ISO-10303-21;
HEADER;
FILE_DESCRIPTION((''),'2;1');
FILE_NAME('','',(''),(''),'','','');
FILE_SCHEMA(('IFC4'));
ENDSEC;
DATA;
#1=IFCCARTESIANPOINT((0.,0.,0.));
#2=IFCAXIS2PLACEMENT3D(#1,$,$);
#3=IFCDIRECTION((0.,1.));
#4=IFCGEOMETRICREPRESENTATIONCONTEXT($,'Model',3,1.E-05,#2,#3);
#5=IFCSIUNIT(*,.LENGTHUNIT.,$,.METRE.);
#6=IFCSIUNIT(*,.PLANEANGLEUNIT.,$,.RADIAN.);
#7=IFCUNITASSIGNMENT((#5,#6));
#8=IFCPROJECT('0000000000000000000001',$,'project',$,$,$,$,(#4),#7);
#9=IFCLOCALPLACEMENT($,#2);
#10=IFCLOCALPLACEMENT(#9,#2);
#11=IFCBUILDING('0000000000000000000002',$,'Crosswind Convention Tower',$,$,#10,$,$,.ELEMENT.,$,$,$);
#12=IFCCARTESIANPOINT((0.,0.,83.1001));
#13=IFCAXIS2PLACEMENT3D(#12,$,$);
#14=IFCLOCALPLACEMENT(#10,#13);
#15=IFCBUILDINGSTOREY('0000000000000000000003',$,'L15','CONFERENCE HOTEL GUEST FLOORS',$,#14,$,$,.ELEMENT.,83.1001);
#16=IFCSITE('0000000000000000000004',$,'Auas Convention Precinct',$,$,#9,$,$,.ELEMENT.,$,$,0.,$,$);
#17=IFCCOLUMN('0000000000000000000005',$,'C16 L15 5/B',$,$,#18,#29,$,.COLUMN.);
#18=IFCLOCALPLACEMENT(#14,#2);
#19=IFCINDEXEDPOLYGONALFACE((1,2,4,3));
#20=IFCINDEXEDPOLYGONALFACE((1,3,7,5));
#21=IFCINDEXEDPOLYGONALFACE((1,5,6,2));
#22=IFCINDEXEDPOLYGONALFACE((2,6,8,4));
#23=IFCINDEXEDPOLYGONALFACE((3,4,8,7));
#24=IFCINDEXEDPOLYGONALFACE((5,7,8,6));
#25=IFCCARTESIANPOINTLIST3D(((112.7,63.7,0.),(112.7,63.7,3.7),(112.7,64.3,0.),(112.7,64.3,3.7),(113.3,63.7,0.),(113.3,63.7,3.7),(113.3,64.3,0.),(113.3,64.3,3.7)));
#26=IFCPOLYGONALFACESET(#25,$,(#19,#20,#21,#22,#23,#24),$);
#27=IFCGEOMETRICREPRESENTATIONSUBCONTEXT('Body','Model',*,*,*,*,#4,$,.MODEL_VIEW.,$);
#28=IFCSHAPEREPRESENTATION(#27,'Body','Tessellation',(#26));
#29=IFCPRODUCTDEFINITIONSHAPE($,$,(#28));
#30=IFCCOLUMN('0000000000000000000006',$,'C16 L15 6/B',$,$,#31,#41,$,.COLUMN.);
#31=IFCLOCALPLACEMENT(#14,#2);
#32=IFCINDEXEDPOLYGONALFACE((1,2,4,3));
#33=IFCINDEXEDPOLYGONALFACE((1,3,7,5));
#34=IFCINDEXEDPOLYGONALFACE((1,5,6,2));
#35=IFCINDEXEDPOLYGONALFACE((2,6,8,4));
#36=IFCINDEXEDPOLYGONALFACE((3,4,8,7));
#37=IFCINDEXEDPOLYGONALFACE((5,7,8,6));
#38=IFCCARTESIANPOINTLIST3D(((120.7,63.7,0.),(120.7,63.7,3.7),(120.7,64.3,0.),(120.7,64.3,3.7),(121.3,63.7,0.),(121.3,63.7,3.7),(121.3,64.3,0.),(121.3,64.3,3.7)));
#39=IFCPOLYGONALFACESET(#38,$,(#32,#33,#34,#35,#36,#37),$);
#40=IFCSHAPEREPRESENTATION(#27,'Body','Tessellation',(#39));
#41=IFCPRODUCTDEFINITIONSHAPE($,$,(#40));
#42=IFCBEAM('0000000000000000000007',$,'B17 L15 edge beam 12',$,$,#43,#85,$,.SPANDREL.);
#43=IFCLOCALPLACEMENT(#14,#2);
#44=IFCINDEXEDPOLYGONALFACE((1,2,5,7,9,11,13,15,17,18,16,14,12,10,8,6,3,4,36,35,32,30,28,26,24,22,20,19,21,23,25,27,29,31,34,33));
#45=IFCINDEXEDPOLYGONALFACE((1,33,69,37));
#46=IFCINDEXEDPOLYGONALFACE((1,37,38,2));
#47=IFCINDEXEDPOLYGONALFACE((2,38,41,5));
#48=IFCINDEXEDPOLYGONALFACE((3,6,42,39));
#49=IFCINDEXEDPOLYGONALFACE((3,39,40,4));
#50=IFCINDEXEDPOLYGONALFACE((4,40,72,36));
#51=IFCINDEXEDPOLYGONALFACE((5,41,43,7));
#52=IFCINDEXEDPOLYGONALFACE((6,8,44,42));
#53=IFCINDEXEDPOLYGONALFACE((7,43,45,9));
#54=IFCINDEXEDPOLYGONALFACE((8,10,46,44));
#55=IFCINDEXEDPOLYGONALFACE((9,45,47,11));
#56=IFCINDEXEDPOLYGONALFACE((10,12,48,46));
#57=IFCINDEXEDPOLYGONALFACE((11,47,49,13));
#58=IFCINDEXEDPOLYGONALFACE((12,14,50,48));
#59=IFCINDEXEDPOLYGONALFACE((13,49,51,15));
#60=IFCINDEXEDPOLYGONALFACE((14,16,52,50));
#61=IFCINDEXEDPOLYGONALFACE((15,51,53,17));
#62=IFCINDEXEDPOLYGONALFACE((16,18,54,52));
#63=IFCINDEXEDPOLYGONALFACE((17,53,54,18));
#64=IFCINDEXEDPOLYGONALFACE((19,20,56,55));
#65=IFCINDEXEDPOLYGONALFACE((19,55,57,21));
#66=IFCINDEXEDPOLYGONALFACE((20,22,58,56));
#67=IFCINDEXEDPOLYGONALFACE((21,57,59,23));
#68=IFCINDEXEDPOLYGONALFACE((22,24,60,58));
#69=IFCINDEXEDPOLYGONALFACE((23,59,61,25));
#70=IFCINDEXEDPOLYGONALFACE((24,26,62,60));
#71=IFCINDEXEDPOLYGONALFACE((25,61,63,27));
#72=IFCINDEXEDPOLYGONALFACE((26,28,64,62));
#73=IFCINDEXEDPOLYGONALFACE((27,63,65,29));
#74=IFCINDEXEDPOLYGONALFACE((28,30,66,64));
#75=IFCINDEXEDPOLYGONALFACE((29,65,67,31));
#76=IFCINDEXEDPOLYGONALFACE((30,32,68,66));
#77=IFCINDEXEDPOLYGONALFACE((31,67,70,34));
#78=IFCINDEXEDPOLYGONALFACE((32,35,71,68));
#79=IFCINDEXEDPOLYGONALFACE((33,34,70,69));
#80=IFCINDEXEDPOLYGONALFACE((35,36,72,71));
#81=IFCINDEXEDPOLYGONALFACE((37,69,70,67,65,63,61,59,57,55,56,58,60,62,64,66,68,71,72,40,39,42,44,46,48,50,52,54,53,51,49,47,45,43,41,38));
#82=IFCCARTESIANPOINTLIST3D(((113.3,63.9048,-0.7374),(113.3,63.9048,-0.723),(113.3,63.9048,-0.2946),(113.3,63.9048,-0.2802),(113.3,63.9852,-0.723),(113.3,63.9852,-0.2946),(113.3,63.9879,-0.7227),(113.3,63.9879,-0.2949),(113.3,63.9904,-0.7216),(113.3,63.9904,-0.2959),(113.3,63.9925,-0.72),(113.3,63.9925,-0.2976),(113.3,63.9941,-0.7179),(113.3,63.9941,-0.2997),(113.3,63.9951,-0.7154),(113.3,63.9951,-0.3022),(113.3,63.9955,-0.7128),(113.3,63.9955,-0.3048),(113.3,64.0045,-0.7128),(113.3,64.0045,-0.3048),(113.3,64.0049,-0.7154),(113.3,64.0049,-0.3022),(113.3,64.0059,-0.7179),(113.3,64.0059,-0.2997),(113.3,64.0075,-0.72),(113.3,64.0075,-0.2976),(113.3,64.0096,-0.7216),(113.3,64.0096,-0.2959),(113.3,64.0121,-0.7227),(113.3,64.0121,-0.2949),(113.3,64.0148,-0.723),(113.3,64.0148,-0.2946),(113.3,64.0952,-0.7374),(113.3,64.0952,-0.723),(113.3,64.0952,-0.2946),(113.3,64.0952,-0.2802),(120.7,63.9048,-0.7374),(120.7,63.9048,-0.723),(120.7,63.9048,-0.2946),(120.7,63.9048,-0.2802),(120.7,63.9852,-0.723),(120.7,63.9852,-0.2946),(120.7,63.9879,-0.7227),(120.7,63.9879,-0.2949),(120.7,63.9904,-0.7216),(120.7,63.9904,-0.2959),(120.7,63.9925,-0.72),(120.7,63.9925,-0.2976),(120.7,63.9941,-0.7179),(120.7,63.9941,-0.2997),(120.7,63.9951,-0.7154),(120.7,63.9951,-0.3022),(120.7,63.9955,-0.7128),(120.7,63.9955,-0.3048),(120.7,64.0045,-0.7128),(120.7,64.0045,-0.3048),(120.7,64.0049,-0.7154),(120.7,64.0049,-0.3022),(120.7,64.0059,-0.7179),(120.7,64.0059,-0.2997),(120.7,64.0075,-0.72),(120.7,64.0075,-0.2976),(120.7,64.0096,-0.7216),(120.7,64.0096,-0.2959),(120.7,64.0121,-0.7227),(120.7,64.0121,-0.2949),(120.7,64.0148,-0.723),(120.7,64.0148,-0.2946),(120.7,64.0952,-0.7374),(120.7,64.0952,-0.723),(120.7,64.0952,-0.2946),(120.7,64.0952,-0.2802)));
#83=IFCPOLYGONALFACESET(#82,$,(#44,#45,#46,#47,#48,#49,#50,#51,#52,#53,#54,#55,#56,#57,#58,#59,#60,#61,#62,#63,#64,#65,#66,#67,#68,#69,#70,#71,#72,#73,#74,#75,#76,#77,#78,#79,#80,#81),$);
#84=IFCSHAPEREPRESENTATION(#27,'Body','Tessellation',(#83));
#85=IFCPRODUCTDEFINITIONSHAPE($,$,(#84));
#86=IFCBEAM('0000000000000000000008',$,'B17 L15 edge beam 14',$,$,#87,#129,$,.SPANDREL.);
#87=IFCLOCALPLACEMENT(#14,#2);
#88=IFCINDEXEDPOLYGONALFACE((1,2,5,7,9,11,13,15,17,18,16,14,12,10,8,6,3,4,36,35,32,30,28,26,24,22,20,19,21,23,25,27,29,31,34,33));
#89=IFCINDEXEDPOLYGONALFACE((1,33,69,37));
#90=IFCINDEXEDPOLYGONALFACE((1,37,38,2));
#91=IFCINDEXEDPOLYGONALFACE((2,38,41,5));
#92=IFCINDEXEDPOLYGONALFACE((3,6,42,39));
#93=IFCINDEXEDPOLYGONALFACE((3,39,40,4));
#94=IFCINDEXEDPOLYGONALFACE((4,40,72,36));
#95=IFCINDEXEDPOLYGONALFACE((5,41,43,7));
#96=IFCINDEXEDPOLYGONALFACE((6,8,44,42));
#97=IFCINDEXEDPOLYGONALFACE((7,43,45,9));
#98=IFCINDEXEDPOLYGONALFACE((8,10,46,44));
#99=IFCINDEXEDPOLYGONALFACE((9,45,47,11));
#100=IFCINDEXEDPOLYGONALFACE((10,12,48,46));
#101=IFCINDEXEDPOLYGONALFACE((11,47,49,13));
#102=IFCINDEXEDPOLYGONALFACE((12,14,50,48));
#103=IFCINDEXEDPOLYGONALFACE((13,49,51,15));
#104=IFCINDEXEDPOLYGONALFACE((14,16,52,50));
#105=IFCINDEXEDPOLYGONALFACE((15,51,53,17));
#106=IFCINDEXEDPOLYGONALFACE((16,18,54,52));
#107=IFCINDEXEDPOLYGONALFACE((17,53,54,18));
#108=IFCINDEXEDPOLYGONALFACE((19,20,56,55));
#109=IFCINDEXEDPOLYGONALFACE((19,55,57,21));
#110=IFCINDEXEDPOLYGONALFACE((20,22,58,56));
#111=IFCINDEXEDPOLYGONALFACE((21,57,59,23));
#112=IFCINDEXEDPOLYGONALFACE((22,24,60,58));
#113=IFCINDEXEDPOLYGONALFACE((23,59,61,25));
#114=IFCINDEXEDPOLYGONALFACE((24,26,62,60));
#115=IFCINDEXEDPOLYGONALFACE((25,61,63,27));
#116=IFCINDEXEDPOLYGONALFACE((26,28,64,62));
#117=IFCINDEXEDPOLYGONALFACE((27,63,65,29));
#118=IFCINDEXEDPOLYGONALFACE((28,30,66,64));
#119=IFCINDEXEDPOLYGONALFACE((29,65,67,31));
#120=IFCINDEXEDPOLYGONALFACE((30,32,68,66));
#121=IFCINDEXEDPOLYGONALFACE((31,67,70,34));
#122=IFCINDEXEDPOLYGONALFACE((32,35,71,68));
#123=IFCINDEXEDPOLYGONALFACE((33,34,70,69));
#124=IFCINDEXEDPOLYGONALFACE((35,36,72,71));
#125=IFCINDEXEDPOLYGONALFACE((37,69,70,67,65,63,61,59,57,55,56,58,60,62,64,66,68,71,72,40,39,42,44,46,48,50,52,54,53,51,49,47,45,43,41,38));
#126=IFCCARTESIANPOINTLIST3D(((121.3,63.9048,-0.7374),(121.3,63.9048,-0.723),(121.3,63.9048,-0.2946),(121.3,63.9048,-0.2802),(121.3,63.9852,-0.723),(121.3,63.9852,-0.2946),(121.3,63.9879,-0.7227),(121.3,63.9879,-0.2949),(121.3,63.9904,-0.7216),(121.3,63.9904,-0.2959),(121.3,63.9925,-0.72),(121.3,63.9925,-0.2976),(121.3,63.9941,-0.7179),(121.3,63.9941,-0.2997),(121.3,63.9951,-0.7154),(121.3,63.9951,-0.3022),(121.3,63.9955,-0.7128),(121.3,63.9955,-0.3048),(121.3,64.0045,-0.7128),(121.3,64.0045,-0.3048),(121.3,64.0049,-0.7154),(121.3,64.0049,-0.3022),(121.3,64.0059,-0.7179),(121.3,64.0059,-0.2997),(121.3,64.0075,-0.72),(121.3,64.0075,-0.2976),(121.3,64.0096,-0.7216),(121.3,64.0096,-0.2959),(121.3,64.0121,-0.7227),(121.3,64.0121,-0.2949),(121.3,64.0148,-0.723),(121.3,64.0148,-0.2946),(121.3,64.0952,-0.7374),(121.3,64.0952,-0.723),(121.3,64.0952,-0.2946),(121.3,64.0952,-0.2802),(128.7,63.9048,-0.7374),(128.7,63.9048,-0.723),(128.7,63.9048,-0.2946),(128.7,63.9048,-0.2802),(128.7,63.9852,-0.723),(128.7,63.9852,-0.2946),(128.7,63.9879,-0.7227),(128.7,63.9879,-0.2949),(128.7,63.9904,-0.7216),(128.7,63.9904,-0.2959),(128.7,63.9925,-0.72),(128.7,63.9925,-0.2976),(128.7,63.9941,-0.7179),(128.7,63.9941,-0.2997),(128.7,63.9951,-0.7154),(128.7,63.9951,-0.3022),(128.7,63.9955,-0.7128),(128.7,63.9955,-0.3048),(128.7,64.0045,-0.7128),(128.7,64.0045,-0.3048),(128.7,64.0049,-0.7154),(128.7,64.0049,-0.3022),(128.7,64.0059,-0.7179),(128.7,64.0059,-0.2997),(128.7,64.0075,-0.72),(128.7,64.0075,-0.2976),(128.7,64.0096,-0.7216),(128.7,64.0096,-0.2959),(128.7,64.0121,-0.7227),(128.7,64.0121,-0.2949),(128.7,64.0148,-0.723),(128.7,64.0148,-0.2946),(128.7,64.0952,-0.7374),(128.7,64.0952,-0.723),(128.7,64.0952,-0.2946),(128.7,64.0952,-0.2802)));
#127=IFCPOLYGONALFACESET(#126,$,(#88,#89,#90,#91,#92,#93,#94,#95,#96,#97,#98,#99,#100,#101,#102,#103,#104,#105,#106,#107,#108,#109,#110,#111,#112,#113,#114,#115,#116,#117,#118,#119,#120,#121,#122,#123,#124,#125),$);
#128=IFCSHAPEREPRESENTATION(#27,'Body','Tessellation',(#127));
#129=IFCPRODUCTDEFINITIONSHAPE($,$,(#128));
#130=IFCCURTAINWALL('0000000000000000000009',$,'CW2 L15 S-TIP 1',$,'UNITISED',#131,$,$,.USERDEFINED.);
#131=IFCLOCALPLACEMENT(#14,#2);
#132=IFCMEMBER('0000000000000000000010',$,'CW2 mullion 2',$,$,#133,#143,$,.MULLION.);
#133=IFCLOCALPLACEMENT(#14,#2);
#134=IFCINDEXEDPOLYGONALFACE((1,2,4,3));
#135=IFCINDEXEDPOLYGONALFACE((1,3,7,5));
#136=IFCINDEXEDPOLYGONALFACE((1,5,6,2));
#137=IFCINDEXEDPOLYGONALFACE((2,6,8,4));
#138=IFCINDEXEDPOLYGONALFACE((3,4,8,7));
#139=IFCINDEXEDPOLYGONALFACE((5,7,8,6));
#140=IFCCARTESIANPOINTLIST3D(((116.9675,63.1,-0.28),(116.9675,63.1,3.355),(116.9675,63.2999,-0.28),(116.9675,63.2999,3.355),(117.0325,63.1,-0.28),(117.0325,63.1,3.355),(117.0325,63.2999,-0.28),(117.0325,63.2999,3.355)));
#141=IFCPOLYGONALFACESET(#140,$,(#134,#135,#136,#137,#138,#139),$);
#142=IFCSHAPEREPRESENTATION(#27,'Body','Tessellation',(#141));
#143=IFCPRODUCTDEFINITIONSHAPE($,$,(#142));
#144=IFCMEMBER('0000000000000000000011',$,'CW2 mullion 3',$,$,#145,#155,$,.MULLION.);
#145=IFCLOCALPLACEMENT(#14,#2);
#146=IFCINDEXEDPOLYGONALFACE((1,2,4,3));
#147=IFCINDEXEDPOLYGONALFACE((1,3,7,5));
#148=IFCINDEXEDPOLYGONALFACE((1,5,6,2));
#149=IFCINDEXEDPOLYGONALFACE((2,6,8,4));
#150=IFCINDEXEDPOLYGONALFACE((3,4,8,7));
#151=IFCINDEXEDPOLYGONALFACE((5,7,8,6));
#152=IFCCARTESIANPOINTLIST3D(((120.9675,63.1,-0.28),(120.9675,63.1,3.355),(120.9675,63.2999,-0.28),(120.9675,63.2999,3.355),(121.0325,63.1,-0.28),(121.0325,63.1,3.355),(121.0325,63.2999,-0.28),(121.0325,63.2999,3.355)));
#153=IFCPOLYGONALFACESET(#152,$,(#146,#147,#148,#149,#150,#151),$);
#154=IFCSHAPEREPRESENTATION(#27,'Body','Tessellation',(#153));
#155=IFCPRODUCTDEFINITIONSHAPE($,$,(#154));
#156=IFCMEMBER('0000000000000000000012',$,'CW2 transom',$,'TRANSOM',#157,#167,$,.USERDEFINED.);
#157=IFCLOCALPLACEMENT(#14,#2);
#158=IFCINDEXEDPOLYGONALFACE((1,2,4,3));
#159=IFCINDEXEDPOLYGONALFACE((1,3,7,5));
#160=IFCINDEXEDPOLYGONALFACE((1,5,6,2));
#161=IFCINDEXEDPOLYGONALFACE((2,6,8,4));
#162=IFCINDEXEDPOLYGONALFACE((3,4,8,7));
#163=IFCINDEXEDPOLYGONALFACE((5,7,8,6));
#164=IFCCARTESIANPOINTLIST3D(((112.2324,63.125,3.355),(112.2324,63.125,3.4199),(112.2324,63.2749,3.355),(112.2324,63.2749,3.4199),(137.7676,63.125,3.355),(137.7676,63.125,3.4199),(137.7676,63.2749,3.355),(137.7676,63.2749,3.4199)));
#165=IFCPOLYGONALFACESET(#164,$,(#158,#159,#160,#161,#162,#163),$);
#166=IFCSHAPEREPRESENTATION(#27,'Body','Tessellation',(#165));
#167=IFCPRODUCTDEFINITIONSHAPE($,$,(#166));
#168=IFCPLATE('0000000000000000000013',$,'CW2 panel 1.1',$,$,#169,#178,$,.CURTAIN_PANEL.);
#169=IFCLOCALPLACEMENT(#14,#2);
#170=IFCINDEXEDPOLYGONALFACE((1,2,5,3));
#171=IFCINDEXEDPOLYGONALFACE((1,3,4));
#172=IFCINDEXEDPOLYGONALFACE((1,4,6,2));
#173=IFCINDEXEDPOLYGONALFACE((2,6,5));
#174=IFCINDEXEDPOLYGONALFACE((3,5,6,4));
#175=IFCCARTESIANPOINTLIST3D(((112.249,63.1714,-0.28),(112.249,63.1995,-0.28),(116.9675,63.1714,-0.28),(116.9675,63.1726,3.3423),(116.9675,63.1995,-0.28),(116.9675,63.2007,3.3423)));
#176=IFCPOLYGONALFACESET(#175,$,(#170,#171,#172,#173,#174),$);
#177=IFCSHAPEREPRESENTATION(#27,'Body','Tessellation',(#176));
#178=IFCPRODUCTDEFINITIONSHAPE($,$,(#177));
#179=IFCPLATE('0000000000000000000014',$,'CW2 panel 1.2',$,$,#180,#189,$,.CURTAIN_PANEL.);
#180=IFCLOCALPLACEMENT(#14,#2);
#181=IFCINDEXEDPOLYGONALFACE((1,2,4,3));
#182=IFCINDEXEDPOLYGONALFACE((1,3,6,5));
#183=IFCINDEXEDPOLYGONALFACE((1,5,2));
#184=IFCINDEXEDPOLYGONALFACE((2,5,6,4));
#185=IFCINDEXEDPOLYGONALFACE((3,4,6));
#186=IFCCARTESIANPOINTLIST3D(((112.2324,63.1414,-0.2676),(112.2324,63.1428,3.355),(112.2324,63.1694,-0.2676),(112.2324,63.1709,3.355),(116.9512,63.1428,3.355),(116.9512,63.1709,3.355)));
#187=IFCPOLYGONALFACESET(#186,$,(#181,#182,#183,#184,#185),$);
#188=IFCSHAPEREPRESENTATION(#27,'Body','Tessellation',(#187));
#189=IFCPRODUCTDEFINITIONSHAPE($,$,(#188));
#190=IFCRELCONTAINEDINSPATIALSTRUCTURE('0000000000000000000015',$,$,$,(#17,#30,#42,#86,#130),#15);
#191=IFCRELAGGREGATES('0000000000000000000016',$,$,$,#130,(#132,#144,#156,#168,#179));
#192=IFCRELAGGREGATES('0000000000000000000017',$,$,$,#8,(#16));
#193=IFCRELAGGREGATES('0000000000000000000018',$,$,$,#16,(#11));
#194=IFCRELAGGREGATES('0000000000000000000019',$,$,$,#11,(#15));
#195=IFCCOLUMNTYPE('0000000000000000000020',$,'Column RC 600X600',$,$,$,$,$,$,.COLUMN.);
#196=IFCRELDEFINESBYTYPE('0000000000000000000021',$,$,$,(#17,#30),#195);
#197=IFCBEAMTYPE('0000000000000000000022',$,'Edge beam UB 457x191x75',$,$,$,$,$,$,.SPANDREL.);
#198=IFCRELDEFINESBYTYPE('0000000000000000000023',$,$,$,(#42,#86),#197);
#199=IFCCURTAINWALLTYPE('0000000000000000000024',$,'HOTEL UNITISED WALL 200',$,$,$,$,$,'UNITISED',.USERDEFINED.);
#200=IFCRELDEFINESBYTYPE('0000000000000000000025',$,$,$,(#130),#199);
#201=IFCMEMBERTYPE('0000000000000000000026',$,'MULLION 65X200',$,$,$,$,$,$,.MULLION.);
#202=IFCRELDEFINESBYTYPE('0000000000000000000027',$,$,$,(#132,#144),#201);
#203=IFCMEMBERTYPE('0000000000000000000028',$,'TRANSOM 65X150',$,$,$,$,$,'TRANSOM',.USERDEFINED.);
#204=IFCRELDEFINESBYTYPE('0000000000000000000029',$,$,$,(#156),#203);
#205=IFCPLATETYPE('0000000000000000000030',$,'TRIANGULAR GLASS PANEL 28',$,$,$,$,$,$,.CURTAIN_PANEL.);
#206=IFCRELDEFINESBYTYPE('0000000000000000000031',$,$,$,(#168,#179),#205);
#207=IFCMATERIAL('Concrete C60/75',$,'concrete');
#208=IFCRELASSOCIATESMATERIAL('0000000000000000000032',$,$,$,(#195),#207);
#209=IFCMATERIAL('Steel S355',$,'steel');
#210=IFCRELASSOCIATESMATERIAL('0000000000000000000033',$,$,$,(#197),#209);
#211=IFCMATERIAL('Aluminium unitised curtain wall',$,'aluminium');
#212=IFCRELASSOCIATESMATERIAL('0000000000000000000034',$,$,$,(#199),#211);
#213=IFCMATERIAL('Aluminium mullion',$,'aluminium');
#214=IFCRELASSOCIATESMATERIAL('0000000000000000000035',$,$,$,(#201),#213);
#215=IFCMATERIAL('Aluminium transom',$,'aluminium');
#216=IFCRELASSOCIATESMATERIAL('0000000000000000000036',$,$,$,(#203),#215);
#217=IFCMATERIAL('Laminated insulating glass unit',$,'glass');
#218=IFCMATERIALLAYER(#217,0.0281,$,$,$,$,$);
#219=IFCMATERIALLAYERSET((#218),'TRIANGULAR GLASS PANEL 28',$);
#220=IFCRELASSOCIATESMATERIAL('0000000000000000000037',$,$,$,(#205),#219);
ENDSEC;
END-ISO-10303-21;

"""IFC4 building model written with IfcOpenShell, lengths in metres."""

from ifc_helpers import new_model, si_unit, direction, frame, origin, origin_2d, place, context, subcontext, project, spatial, polyline, rectangle, i_section, outline, extrude, material, layer, layer_set, material_profile, profile_set, type_object, element, aggregate, save


model = new_model("IFC4")

# Units and contexts
model_context = context("Model", 3, precision=1e-05, world=origin(), true_north=direction((0.0, 1.0)))
body_context = subcontext(model_context, "Body", "Model", "MODEL_VIEW")
ifc_project = project(units=[si_unit("LENGTHUNIT", "METRE"), si_unit("PLANEANGLEUNIT", "RADIAN")], contexts=[model_context])

# Site, building, storey
site_placement = place(None, origin())
site = spatial("IfcSite", under=ifc_project, at=site_placement, Name="Auas Convention Precinct", CompositionType="ELEMENT", RefElevation=0.0)
building_placement = place(site_placement, origin())
building = spatial("IfcBuilding", under=site, at=building_placement, Name="Crosswind Convention Tower", CompositionType="ELEMENT")
storey_placement = place(building_placement, frame((0.0, 0.0, 83.1001)))
storey = spatial("IfcBuildingStorey", under=building, at=storey_placement, Name="L15", Description="CONFERENCE HOTEL GUEST FLOORS", CompositionType="ELEMENT", Elevation=83.1001)

# Columns
ifc_material_1 = material(Name="Concrete C60/75", Category="concrete")
ifc_material_profile_1 = material_profile(ifc_material_1, rectangle(XDim=0.6001, YDim=0.6001, at=origin_2d()), Name="RC 600X600")
ifc_profile_set_1 = profile_set([ifc_material_profile_1], Name="Concrete C60/75")
column_type = type_object("IfcColumnType", Name="Column RC 600X600", PredefinedType="COLUMN", material=ifc_profile_set_1)
for number, where, z_axis, x_axis, name in (
    (1, (113.0, 64.0, 0.0), (0.0, 0.0, 1.0), (1.0, 0.0, 0.0), "C16 L15 5/B"),
    (2, (121.0, 64.0, 0.0), (0.0, 0.0, 1.0), (1.0, 0.0, 0.0), "C16 L15 6/B"),
):
    element("IfcColumn", number, at=place(storey_placement, frame(where, z_axis=z_axis, x_axis=x_axis)), inside=storey, type_object=column_type, Name=name, PredefinedType="COLUMN", context=body_context, shape_type="SweptSolid", body=[
        extrude(rectangle(XDim=0.6001, YDim=0.6001, at=origin_2d()), origin(), (0.0, 0.0, 1.0), 3.7),
    ])

# Beams
ifc_material_2 = material(Name="Steel S355", Category="steel")
ifc_material_profile_2 = material_profile(ifc_material_2, i_section(OverallWidth=0.1904, OverallDepth=0.4573, WebThickness=0.009, FlangeThickness=0.0144, FilletRadius=0.0103, at=origin_2d()), Name="UB 457x191x75")
ifc_profile_set_2 = profile_set([ifc_material_profile_2], Name="Steel S355")
beam_type = type_object("IfcBeamType", Name="Edge beam UB 457x191x75", PredefinedType="SPANDREL", material=ifc_profile_set_2)
for number, where, z_axis, x_axis, name in (
    (3, (113.3, 64.0, -0.5088), (1.0, 0.0, 0.0), (0.0, 1.0, 0.0), "B17 L15 edge beam 12"),
    (4, (121.3, 64.0, -0.5088), (1.0, 0.0, 0.0), (0.0, 1.0, 0.0), "B17 L15 edge beam 14"),
):
    element("IfcBeam", number, at=place(storey_placement, frame(where, z_axis=z_axis, x_axis=x_axis)), inside=storey, type_object=beam_type, Name=name, PredefinedType="SPANDREL", context=body_context, shape_type="SweptSolid", body=[
        extrude(i_section(OverallWidth=0.1904, OverallDepth=0.4573, WebThickness=0.009, FlangeThickness=0.0144, FilletRadius=0.0103, at=origin_2d()), origin(), (0.0, 0.0, 1.0), 7.3999),
    ])

# Curtain wall, members, plates
ifc_material_3 = material(Name="Aluminium unitised curtain wall", Category="aluminium")
curtain_wall_type = type_object("IfcCurtainWallType", Name="HOTEL UNITISED WALL 200", ElementType="UNITISED", PredefinedType="USERDEFINED", material=ifc_material_3)
curtain_wall_placement = place(storey_placement, origin())
curtain_wall = element("IfcCurtainWall", 5, at=curtain_wall_placement, inside=storey, type_object=curtain_wall_type, Name="CW2 L15 S-TIP 1", ObjectType="UNITISED", PredefinedType="USERDEFINED")
ifc_material_4 = material(Name="Aluminium mullion", Category="aluminium")
ifc_material_profile_3 = material_profile(ifc_material_4, rectangle(XDim=0.2, YDim=0.0649, at=origin_2d()), Name="AL 200X65")
ifc_profile_set_3 = profile_set([ifc_material_profile_3], Name="Aluminium mullion")
member_type_1 = type_object("IfcMemberType", Name="MULLION 65X200", PredefinedType="MULLION", material=ifc_profile_set_3)
member_1_placement = place(storey_placement, frame((117.0, 63.2, -0.28), z_axis=(0.0, 0.0, 1.0), x_axis=(0.0, -1.0, 0.0)))
member_1 = element("IfcMember", 6, at=member_1_placement, type_object=member_type_1, Name="CW2 mullion 2", PredefinedType="MULLION", context=body_context, shape_type="SweptSolid", body=[
    extrude(rectangle(XDim=0.2, YDim=0.0649, at=origin_2d()), origin(), (0.0, 0.0, 1.0), 3.635),
])
member_2_placement = place(storey_placement, frame((121.0, 63.2, -0.28), z_axis=(0.0, 0.0, 1.0), x_axis=(0.0, -1.0, 0.0)))
member_2 = element("IfcMember", 7, at=member_2_placement, type_object=member_type_1, Name="CW2 mullion 3", PredefinedType="MULLION", context=body_context, shape_type="SweptSolid", body=[
    extrude(rectangle(XDim=0.2, YDim=0.0649, at=origin_2d()), origin(), (0.0, 0.0, 1.0), 3.635),
])
ifc_material_5 = material(Name="Aluminium transom", Category="aluminium")
ifc_material_profile_4 = material_profile(ifc_material_5, rectangle(XDim=0.1499, YDim=0.0649, at=origin_2d()), Name="AL 150X65")
ifc_profile_set_4 = profile_set([ifc_material_profile_4], Name="Aluminium transom")
member_type_2 = type_object("IfcMemberType", Name="TRANSOM 65X150", ElementType="TRANSOM", PredefinedType="USERDEFINED", material=ifc_profile_set_4)
member_3_placement = place(storey_placement, frame((112.2324, 63.2, 3.3875), z_axis=(1.0, 0.0, 0.0), x_axis=(0.0, 1.0, 0.0)))
member_3 = element("IfcMember", 8, at=member_3_placement, type_object=member_type_2, Name="CW2 transom", ObjectType="TRANSOM", PredefinedType="USERDEFINED", context=body_context, shape_type="SweptSolid", body=[
    extrude(rectangle(XDim=0.1499, YDim=0.0649, at=origin_2d()), origin(), (0.0, 0.0, 1.0), 25.5352),
])
ifc_material_6 = material(Name="Laminated insulating glass unit", Category="glass")
ifc_layer_1 = layer(ifc_material_6, 0.0281)
ifc_layer_set_1 = layer_set([ifc_layer_1], Name="TRIANGULAR GLASS PANEL 28")
plate_type = type_object("IfcPlateType", Name="TRIANGULAR GLASS PANEL 28", PredefinedType="CURTAIN_PANEL", material=ifc_layer_set_1)
plate_1_placement = place(storey_placement, frame((116.9675, 63.1714, -0.28), z_axis=(0.0, -1.0, 0.000337), x_axis=(0.0, 0.000337, 1.0)))
plate_1 = element("IfcPlate", 9, at=plate_1_placement, type_object=plate_type, Name="CW2 panel 1.1", PredefinedType="CURTAIN_PANEL", context=body_context, shape_type="SweptSolid", body=[
    extrude(outline(polyline([(0.0, 0.0), (3.6223, 0.0), (0.0, 4.7185), (0.0, 0.0)])), origin(), (0.0, 0.0, -1.0), 0.0281),
])
plate_2_placement = place(storey_placement, frame((112.2324, 63.1428, 3.355), z_axis=(0.0, -1.0, 0.000404), x_axis=(0.0, -0.000404, -1.0)))
plate_2 = element("IfcPlate", 10, at=plate_2_placement, type_object=plate_type, Name="CW2 panel 1.2", PredefinedType="CURTAIN_PANEL", context=body_context, shape_type="SweptSolid", body=[
    extrude(outline(polyline([(0.0, 0.0), (3.6226, 0.0), (0.0, 4.7187), (0.0, 0.0)])), origin(), (0.0, 0.0, -1.0), 0.0281),
])

aggregate(curtain_wall, [member_1, member_2, member_3, plate_1, plate_2])

save(model, "model.ifc")
